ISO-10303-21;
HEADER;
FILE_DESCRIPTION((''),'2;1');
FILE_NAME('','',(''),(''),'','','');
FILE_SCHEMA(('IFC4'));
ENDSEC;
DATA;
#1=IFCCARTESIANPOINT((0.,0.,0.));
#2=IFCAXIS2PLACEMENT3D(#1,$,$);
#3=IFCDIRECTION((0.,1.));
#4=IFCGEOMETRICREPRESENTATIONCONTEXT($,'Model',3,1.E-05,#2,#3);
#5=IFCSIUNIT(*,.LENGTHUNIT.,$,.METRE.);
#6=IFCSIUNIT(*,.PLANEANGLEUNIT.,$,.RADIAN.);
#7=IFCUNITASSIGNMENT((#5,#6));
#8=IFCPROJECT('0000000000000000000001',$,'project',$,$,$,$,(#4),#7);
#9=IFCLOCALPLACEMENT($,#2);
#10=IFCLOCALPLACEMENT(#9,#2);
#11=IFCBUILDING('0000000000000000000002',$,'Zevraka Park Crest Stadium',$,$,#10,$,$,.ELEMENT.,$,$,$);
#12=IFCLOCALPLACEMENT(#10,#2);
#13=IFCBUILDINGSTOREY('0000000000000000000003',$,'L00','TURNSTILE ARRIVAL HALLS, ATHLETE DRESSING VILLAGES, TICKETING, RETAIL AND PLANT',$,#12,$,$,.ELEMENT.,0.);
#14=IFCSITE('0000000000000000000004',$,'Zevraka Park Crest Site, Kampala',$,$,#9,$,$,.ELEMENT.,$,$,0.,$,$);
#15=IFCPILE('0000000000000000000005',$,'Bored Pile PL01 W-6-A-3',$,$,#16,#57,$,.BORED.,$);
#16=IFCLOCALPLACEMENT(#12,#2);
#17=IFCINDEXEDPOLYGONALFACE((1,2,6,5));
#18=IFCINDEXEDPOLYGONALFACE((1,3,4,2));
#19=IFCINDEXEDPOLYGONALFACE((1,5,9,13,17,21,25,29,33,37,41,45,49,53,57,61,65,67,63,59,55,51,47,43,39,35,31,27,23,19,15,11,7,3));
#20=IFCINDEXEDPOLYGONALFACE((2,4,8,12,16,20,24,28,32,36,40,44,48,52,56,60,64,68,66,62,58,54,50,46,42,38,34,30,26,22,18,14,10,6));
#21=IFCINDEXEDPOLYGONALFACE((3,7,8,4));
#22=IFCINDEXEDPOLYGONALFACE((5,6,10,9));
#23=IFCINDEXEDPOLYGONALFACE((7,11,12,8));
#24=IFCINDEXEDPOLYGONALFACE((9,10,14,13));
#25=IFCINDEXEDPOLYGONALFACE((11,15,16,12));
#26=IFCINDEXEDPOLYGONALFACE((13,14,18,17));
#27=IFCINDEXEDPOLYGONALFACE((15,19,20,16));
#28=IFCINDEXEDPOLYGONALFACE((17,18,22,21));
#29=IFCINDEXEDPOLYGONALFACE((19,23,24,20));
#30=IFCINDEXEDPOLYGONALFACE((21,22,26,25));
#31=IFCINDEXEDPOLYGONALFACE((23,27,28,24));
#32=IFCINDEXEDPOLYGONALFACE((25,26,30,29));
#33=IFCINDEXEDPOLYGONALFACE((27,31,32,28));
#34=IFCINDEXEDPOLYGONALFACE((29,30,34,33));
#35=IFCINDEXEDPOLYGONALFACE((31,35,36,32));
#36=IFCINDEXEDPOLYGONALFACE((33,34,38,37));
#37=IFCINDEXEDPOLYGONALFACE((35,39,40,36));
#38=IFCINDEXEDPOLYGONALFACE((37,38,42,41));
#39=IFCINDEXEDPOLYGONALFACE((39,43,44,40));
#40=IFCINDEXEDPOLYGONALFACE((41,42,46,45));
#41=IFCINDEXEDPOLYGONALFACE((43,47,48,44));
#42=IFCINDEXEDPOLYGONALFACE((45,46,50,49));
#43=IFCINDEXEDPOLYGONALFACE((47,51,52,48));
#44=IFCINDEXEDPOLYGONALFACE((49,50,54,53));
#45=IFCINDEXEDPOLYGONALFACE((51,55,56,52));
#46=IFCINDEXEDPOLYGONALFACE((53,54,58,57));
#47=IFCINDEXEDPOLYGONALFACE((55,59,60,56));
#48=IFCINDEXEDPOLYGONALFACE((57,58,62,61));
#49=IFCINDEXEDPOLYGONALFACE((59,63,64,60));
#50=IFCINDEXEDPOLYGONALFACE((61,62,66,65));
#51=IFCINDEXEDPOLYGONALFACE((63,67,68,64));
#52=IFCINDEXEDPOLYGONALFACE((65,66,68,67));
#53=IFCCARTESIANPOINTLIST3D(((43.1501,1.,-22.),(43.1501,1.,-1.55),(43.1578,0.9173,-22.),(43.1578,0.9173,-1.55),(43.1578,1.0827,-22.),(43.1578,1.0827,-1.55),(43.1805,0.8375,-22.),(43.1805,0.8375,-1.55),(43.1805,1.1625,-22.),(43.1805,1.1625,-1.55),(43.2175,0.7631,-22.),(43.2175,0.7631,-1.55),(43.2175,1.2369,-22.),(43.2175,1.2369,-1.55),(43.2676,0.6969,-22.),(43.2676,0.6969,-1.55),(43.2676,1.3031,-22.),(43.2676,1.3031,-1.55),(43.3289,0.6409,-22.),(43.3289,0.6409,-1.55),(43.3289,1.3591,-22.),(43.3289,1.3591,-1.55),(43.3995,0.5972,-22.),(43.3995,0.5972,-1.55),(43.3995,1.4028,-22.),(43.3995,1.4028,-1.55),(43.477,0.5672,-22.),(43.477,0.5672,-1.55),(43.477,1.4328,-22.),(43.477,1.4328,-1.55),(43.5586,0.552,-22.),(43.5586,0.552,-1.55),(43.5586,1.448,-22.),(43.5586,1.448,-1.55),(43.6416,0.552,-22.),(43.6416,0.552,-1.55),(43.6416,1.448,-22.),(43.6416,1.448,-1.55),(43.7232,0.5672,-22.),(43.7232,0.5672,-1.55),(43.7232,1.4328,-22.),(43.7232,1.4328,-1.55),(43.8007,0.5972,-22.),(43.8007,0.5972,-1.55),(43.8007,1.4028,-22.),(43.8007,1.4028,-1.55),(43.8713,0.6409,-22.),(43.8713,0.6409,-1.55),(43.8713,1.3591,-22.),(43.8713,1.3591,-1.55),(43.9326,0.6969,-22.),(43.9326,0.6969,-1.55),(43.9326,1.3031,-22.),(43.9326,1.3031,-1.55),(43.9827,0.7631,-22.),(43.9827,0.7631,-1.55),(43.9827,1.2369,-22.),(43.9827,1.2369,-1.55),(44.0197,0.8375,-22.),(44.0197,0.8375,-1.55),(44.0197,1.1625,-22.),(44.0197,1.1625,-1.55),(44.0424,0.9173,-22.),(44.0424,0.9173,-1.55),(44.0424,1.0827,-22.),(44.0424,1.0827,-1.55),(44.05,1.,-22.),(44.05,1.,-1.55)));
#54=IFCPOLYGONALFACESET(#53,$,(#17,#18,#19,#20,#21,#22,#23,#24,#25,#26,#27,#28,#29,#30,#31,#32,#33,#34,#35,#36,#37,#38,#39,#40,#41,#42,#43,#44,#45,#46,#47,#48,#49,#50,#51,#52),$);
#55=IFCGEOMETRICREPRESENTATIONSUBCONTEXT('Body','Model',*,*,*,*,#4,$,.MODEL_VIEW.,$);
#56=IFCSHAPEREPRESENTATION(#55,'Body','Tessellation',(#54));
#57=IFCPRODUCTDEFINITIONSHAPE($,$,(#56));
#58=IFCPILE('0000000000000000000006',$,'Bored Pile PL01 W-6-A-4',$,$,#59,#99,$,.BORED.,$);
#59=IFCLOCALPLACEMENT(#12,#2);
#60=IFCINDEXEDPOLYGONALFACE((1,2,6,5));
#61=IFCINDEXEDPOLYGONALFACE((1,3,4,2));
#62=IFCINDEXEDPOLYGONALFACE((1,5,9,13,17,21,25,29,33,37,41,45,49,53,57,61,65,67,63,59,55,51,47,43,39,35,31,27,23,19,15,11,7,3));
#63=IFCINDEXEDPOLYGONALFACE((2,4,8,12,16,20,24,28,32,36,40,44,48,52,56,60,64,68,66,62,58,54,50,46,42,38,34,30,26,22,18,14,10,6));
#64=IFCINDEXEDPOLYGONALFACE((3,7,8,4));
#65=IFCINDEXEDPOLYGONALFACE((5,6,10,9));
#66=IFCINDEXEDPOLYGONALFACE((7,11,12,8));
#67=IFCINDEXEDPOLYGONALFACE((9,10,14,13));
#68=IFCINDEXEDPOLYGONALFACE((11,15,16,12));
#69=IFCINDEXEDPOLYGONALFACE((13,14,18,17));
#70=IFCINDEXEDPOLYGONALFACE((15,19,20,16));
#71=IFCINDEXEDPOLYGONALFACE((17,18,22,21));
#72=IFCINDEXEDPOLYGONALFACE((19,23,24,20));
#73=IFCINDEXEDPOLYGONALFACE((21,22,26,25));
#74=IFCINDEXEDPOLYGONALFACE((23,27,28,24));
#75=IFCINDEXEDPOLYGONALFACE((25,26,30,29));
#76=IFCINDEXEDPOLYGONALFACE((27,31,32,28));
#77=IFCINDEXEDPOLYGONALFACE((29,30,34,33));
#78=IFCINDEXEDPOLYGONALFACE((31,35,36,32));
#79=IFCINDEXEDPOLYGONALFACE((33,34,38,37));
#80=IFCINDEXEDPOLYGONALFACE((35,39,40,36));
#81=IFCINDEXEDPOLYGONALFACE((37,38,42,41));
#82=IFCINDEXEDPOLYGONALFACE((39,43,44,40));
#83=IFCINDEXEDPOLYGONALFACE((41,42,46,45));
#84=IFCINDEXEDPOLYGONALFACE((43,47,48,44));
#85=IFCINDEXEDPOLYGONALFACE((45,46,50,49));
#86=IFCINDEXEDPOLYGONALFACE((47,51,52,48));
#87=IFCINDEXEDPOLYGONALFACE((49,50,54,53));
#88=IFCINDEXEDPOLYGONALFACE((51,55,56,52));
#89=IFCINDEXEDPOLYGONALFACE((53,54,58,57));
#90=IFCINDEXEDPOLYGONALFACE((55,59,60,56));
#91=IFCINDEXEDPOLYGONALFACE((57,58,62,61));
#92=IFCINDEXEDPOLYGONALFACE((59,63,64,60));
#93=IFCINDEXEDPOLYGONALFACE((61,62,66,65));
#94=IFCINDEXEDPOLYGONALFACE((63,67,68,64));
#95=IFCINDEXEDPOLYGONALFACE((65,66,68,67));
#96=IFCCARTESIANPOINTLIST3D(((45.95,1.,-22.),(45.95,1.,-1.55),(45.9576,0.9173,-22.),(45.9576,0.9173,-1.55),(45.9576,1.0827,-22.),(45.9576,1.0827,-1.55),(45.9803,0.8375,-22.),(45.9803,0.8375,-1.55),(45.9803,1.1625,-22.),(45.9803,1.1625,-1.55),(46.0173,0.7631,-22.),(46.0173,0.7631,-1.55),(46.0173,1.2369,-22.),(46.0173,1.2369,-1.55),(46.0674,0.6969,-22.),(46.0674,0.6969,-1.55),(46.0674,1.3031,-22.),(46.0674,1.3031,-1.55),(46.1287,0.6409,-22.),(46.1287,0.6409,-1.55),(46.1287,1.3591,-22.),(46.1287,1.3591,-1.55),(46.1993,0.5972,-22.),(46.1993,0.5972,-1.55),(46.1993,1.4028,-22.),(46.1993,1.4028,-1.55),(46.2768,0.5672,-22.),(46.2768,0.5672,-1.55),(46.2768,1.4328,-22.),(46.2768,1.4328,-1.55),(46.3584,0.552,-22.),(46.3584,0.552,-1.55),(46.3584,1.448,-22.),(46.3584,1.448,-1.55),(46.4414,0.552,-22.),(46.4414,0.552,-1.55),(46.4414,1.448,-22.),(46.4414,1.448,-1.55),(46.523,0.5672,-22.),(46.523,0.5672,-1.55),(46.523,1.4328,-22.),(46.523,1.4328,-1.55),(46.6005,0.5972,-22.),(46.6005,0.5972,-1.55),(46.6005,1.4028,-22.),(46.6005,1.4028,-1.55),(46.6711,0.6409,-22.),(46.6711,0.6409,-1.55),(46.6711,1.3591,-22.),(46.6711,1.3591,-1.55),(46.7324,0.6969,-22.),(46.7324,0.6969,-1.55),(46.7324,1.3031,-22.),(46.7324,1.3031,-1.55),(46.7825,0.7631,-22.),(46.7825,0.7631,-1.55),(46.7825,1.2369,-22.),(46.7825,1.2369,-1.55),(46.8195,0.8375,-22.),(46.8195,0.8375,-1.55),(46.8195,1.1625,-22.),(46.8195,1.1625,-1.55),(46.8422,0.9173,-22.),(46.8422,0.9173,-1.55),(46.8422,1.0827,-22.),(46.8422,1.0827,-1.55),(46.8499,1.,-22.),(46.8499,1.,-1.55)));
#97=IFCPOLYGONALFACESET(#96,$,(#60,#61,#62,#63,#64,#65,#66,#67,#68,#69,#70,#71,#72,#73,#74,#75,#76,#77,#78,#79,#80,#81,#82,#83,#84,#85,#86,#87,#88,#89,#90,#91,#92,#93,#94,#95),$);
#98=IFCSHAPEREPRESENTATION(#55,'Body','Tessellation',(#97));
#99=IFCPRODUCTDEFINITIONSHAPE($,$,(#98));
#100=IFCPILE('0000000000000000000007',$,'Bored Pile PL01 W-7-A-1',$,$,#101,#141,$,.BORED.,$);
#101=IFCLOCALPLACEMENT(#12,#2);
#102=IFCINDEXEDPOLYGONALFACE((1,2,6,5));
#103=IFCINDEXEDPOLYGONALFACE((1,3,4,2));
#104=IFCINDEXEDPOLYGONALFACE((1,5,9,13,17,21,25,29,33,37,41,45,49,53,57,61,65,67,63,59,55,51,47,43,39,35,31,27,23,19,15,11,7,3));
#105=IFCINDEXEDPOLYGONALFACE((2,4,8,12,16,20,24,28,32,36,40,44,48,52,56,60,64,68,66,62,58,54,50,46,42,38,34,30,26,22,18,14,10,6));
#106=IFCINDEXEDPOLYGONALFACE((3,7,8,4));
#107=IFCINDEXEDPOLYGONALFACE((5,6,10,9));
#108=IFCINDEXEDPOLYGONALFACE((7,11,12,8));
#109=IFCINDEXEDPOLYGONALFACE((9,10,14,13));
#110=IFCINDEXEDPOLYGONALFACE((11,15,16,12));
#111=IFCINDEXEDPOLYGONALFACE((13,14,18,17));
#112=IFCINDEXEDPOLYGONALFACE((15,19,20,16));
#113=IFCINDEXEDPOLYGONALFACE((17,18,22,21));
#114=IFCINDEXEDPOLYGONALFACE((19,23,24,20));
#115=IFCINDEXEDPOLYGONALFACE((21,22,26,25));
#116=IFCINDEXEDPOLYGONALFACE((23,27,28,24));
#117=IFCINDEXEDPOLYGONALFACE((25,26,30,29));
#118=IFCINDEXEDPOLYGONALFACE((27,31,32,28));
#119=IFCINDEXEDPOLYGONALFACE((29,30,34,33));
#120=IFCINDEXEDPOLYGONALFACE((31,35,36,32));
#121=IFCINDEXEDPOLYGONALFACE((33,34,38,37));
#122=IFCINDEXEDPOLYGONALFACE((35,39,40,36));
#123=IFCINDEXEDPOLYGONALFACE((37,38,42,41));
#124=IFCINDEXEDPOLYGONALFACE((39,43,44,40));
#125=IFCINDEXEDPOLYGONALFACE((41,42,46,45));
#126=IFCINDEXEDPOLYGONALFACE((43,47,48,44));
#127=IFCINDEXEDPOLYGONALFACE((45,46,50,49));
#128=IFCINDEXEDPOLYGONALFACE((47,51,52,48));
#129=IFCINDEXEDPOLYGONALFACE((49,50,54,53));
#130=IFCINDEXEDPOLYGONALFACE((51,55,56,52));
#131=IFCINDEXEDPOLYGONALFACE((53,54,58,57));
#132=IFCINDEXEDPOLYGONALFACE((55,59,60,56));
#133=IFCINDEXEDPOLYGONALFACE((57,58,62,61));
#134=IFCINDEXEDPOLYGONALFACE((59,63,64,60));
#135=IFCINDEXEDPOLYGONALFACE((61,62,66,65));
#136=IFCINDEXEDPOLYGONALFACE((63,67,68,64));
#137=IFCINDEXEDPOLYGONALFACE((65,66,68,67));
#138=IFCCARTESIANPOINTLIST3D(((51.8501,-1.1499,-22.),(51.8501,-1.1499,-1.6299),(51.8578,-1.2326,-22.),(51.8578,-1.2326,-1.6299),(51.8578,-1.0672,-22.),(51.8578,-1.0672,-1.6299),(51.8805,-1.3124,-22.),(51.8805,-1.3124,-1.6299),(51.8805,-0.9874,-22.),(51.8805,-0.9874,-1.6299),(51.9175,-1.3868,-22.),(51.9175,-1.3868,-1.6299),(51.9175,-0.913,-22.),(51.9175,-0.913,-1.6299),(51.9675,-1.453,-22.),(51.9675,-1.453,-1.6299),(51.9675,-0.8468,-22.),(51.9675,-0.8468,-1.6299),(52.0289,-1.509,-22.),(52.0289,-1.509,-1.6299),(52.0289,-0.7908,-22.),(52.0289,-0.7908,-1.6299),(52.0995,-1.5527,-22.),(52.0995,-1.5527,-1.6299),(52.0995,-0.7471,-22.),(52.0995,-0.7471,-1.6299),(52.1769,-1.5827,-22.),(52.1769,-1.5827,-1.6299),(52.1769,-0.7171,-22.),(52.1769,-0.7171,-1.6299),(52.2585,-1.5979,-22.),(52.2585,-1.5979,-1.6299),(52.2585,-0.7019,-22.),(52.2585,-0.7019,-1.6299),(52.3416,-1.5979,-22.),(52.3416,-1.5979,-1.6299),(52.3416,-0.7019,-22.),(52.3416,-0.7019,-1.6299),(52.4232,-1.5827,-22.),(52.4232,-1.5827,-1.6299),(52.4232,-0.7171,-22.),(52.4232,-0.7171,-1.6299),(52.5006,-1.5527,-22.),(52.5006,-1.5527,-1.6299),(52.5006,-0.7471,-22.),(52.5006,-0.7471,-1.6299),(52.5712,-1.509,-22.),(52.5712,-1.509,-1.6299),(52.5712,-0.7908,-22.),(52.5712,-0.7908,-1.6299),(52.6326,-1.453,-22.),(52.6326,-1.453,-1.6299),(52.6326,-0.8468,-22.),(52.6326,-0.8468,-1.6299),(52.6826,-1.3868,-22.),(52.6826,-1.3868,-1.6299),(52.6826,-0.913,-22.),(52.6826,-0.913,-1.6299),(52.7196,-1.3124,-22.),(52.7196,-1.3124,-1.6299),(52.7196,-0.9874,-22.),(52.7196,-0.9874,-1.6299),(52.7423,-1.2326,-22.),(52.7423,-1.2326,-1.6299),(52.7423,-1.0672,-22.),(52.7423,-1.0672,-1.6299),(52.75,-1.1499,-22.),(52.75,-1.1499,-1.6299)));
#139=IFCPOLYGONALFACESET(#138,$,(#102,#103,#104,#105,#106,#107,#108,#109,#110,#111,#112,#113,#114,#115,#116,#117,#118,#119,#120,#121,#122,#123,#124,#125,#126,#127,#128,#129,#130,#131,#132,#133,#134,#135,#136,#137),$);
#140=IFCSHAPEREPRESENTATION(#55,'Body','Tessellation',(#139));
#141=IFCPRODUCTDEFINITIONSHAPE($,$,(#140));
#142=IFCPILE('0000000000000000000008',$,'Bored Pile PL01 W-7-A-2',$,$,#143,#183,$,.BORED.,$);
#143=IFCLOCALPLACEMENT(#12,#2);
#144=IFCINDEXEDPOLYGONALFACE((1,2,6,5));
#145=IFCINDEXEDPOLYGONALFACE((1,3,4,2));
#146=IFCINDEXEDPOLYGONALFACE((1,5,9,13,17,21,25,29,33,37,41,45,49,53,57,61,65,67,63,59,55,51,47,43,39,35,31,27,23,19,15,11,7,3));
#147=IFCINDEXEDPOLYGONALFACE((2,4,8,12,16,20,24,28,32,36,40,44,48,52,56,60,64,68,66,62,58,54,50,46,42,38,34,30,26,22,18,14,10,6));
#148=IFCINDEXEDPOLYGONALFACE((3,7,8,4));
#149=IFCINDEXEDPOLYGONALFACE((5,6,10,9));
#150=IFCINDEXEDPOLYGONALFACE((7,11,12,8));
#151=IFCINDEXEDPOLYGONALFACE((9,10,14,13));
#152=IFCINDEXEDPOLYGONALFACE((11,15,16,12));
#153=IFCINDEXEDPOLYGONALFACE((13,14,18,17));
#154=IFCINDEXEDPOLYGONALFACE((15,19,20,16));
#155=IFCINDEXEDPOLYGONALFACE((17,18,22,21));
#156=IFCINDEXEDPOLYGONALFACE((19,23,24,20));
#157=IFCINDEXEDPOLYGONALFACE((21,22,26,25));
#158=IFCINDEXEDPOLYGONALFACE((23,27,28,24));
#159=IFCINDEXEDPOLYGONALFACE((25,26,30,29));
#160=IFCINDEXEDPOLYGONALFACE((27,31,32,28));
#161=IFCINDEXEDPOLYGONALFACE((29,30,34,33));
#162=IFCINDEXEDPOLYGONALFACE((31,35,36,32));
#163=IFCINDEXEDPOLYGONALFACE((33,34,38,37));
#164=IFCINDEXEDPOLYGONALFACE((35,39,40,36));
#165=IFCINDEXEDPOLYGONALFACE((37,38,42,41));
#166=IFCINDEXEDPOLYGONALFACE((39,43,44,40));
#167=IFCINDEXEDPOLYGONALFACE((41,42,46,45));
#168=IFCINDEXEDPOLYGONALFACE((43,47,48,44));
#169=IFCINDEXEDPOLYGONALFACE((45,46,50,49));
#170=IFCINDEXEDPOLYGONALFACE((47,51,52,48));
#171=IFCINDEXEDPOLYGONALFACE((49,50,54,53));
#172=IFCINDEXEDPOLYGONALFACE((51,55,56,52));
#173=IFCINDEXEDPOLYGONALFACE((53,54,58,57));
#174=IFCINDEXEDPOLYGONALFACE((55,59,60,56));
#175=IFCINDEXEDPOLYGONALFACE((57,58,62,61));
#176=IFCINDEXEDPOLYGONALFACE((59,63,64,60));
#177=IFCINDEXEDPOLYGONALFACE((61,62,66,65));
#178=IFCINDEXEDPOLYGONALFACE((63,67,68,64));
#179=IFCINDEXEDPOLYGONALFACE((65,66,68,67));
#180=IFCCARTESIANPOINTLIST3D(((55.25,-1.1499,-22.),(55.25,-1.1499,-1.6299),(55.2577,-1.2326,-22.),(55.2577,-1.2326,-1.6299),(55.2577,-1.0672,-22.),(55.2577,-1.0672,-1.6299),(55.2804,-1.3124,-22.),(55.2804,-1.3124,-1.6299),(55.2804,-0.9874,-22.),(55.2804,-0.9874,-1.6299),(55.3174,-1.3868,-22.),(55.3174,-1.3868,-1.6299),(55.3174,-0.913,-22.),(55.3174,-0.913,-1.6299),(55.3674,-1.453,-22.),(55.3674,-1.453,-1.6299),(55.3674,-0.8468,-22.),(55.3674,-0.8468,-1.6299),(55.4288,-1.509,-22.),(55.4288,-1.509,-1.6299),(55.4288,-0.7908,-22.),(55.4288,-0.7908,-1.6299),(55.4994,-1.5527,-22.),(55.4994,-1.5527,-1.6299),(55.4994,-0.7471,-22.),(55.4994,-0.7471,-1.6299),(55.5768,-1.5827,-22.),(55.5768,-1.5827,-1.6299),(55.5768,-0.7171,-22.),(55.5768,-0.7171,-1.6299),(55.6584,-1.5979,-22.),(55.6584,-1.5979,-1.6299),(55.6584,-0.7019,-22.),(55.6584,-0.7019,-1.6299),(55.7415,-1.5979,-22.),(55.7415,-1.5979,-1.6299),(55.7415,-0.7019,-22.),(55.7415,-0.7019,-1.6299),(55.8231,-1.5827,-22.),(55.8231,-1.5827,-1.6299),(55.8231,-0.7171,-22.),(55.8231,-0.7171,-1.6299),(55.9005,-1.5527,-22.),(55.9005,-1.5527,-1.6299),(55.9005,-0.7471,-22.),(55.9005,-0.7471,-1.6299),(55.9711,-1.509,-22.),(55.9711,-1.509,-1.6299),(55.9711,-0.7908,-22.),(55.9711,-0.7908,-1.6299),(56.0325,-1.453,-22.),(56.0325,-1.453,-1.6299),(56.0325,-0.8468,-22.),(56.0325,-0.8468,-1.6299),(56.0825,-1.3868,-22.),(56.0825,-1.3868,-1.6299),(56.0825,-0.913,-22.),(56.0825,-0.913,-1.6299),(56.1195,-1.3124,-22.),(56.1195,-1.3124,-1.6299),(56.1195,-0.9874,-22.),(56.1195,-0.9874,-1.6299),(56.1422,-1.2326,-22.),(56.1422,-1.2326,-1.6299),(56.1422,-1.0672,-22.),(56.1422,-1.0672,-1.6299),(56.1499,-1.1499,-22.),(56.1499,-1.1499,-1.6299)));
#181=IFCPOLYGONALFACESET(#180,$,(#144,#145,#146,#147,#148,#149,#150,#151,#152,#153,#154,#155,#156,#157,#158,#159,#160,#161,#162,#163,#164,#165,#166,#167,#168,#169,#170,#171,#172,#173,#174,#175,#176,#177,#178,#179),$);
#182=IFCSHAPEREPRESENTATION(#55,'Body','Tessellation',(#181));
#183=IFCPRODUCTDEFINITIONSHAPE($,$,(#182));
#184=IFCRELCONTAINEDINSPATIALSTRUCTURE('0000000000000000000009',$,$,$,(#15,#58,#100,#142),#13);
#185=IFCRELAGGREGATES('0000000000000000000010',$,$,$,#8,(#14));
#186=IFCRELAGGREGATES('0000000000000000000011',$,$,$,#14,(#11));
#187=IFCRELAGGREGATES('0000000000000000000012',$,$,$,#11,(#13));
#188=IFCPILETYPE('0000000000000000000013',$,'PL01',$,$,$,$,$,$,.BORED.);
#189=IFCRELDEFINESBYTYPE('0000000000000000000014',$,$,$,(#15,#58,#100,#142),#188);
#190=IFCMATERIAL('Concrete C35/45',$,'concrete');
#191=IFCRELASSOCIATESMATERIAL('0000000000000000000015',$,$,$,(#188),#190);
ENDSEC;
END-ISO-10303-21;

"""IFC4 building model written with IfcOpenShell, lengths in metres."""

from ifc_helpers import new_model, si_unit, direction, frame, origin, origin_2d, place, context, subcontext, project, spatial, circle, extrude, material, material_profile, profile_set, type_object, element, save


model = new_model("IFC4")

# Units and contexts
model_context = context("Model", 3, precision=1e-05, world=origin(), true_north=direction((0.0, 1.0)))
body_context = subcontext(model_context, "Body", "Model", "MODEL_VIEW")
ifc_project = project(units=[si_unit("LENGTHUNIT", "METRE"), si_unit("PLANEANGLEUNIT", "RADIAN")], contexts=[model_context])

# Site, building, storey
site_placement = place(None, origin())
site = spatial("IfcSite", under=ifc_project, at=site_placement, Name="Zevraka Park Crest Site, Kampala", CompositionType="ELEMENT", RefElevation=0.0)
building_placement = place(site_placement, origin())
building = spatial("IfcBuilding", under=site, at=building_placement, Name="Zevraka Park Crest Stadium", CompositionType="ELEMENT")
storey_placement = place(building_placement, origin())
storey = spatial("IfcBuildingStorey", under=building, at=storey_placement, Name="L00", Description="TURNSTILE ARRIVAL HALLS, ATHLETE DRESSING VILLAGES, TICKETING, RETAIL AND PLANT", CompositionType="ELEMENT", Elevation=0.0)

# Piles
ifc_material_1 = material(Name="Concrete C35/45", Category="concrete")
ifc_material_profile_1 = material_profile(ifc_material_1, circle(Radius=0.45, at=origin_2d()), Name="PILE D900")
ifc_profile_set_1 = profile_set([ifc_material_profile_1], Name="Concrete C35/45")
pile_type = type_object("IfcPileType", Name="PL01", PredefinedType="BORED", material=ifc_profile_set_1)
for number, where, z_axis, x_axis, name in (
    (1, (43.6001, 1.0, -1.55), (0.0, 0.0, -1.0), (1.0, 0.0, 0.0), "Bored Pile PL01 W-6-A-3"),
    (2, (46.3999, 1.0, -1.55), (0.0, 0.0, -1.0), (1.0, 0.0, 0.0), "Bored Pile PL01 W-6-A-4"),
):
    element("IfcPile", number, at=place(storey_placement, frame(where, z_axis=z_axis, x_axis=x_axis)), inside=storey, type_object=pile_type, Name=name, PredefinedType="BORED", context=body_context, shape_type="SweptSolid", body=[
        extrude(circle(Radius=0.45, at=origin_2d()), origin(), (0.0, 0.0, 1.0), 20.45),
    ])
for number, where, z_axis, x_axis, name in (
    (3, (52.3, -1.1499, -1.6299), (0.0, 0.0, -1.0), (1.0, 0.0, 0.0), "Bored Pile PL01 W-7-A-1"),
    (4, (55.7, -1.1499, -1.6299), (0.0, 0.0, -1.0), (1.0, 0.0, 0.0), "Bored Pile PL01 W-7-A-2"),
):
    element("IfcPile", number, at=place(storey_placement, frame(where, z_axis=z_axis, x_axis=x_axis)), inside=storey, type_object=pile_type, Name=name, PredefinedType="BORED", context=body_context, shape_type="SweptSolid", body=[
        extrude(circle(Radius=0.45, at=origin_2d()), origin(), (0.0, 0.0, 1.0), 20.3701),
    ])

save(model, "model.ifc")
